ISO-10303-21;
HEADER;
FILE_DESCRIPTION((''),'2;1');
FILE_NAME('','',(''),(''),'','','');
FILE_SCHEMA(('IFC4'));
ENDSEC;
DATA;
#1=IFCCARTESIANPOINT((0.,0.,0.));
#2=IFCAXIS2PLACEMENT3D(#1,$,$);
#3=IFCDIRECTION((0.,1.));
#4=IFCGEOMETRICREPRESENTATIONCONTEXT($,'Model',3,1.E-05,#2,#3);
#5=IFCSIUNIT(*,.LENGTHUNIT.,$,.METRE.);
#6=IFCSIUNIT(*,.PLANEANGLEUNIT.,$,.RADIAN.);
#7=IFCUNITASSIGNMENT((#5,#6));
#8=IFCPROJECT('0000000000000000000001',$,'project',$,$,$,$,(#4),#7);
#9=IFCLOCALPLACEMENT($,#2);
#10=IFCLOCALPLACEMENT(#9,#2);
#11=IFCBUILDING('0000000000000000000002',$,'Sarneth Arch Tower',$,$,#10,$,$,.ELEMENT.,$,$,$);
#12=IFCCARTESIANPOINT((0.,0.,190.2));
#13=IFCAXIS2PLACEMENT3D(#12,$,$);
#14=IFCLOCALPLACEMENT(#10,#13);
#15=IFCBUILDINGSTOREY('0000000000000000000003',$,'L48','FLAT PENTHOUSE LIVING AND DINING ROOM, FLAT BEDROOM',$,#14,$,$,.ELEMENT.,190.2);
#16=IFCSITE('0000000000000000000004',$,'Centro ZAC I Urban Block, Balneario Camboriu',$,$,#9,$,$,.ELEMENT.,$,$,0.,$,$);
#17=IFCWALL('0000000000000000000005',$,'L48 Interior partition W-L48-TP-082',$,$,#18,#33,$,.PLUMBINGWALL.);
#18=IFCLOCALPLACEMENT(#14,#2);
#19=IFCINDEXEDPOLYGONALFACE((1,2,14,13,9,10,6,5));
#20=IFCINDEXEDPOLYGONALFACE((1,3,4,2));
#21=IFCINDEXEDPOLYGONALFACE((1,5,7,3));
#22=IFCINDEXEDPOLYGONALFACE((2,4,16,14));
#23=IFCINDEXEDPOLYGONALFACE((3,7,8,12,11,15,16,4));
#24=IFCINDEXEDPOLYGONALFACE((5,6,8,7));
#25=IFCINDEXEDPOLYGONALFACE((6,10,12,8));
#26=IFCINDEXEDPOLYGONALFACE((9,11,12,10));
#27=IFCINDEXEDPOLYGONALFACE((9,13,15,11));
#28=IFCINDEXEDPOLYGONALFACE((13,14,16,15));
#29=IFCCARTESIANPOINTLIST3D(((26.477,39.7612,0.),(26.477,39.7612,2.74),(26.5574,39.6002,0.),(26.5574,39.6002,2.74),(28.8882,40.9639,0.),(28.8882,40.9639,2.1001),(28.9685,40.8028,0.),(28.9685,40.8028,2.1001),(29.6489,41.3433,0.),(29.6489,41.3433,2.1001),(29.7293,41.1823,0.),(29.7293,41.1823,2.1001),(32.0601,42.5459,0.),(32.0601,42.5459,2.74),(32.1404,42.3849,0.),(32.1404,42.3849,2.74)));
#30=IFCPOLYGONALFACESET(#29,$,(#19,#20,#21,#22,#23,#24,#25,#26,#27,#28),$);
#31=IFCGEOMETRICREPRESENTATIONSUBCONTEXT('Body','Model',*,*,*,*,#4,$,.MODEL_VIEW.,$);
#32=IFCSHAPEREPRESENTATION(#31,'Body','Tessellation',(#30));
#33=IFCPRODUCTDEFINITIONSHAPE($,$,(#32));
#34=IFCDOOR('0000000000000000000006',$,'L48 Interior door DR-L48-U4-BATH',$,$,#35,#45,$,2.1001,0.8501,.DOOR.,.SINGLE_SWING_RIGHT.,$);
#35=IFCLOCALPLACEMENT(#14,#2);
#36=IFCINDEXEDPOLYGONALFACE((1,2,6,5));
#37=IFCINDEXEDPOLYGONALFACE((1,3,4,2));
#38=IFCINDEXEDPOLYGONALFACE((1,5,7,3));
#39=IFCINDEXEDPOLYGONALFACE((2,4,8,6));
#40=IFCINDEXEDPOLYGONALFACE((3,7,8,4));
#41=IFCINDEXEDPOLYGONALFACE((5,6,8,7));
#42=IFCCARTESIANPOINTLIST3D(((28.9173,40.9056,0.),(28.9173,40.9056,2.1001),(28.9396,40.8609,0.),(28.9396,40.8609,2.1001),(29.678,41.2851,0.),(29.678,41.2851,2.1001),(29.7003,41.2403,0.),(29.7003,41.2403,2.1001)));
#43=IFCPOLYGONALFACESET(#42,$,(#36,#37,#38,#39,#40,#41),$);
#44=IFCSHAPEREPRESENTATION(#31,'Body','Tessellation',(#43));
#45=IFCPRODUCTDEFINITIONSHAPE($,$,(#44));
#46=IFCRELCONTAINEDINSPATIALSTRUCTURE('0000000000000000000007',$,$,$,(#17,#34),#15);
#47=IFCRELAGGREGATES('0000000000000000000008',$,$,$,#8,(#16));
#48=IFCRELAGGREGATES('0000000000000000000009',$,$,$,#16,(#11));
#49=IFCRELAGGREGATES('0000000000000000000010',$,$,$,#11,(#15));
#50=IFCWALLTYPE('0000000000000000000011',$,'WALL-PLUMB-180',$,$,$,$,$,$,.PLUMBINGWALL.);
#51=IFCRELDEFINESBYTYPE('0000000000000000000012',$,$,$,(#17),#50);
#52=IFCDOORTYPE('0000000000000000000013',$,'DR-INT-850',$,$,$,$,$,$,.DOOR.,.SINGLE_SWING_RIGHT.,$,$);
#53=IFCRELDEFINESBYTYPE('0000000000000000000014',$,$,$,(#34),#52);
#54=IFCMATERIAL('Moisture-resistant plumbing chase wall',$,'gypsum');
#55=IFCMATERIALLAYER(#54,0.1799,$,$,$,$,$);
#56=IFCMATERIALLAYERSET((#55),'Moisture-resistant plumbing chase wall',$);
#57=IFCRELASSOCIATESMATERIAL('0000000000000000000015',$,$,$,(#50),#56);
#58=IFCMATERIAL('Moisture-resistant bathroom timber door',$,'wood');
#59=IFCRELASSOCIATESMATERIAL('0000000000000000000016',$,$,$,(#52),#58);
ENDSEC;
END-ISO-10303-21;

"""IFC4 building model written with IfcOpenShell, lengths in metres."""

from ifc_helpers import new_model, si_unit, direction, frame, frame_2d, origin, place, context, subcontext, project, spatial, rectangle, extrude, material, layer, layer_set, type_object, element, fill, save


model = new_model("IFC4")

# Units and contexts
model_context = context("Model", 3, precision=1e-05, world=origin(), true_north=direction((0.0, 1.0)))
body_context = subcontext(model_context, "Body", "Model", "MODEL_VIEW")
ifc_project = project(units=[si_unit("LENGTHUNIT", "METRE"), si_unit("PLANEANGLEUNIT", "RADIAN")], contexts=[model_context])

# Site, building, storey
site_placement = place(None, origin())
site = spatial("IfcSite", under=ifc_project, at=site_placement, Name="Centro ZAC I Urban Block, Balneario Camboriu", CompositionType="ELEMENT", RefElevation=0.0)
building_placement = place(site_placement, origin())
building = spatial("IfcBuilding", under=site, at=building_placement, Name="Sarneth Arch Tower", CompositionType="ELEMENT")
storey_placement = place(building_placement, frame((0.0, 0.0, 190.2)))
storey = spatial("IfcBuildingStorey", under=building, at=storey_placement, Name="L48", Description="FLAT PENTHOUSE LIVING AND DINING ROOM, FLAT BEDROOM", CompositionType="ELEMENT", Elevation=190.2)

# Wall, opening, door
ifc_material_1 = material(Name="Moisture-resistant plumbing chase wall", Category="gypsum")
ifc_layer_1 = layer(ifc_material_1, 0.1799)
ifc_layer_set_1 = layer_set([ifc_layer_1], Name="Moisture-resistant plumbing chase wall")
wall_type_1 = type_object("IfcWallType", Name="WALL-PLUMB-180", PredefinedType="PLUMBINGWALL", material=ifc_layer_set_1)
wall_1_placement = place(storey_placement, frame((26.5171, 39.6807, 0.0), z_axis=(0.0, 0.0, 1.0), x_axis=(0.894865, 0.446337, 0.0)))
wall_1 = element("IfcWall", 1, at=wall_1_placement, inside=storey, type_object=wall_type_1, Name="L48 Interior partition W-L48-TP-082", PredefinedType="PLUMBINGWALL", context=body_context, shape_type="SweptSolid", body=[
    extrude(rectangle(XDim=6.239, YDim=0.1799, at=frame_2d((3.1196, 0.0))), origin(), (0.0, 0.0, 1.0), 2.74),
])
opening_1_placement = place(wall_1_placement, frame((2.6946, 0.0, 0.0)))
opening_1 = element("IfcOpeningElement", 2, at=opening_1_placement, cuts=wall_1, PredefinedType="OPENING", context=body_context, shape_type="SweptSolid", body=[
    extrude(rectangle(XDim=0.8501, YDim=2.1001, at=frame_2d((0.425, 1.05))), frame((0.0, 0.0999, 0.0), z_axis=(0.0, -1.0, 0.0), x_axis=(1.0, 0.0, 0.0)), (0.0, 0.0, 1.0), 0.2),
])
ifc_material_2 = material(Name="Moisture-resistant bathroom timber door", Category="wood")
door_type_1 = type_object("IfcDoorType", Name="DR-INT-850", OperationType="SINGLE_SWING_RIGHT", PredefinedType="DOOR", material=ifc_material_2)
door_1_placement = place(opening_1_placement, origin())
door_1 = element("IfcDoor", 3, at=door_1_placement, inside=storey, type_object=door_type_1, Name="L48 Interior door DR-L48-U4-BATH", OperationType="SINGLE_SWING_RIGHT", OverallHeight=2.1001, OverallWidth=0.8501, PredefinedType="DOOR", context=body_context, shape_type="SweptSolid", body=[
    extrude(rectangle(XDim=0.8501, YDim=2.1001, at=frame_2d((0.425, 1.05))), frame((0.0, 0.0249, 0.0), z_axis=(0.0, -1.0, 0.0), x_axis=(1.0, 0.0, 0.0)), (0.0, 0.0, 1.0), 0.05),
])
fill(opening_1, door_1)

save(model, "model.ifc")
